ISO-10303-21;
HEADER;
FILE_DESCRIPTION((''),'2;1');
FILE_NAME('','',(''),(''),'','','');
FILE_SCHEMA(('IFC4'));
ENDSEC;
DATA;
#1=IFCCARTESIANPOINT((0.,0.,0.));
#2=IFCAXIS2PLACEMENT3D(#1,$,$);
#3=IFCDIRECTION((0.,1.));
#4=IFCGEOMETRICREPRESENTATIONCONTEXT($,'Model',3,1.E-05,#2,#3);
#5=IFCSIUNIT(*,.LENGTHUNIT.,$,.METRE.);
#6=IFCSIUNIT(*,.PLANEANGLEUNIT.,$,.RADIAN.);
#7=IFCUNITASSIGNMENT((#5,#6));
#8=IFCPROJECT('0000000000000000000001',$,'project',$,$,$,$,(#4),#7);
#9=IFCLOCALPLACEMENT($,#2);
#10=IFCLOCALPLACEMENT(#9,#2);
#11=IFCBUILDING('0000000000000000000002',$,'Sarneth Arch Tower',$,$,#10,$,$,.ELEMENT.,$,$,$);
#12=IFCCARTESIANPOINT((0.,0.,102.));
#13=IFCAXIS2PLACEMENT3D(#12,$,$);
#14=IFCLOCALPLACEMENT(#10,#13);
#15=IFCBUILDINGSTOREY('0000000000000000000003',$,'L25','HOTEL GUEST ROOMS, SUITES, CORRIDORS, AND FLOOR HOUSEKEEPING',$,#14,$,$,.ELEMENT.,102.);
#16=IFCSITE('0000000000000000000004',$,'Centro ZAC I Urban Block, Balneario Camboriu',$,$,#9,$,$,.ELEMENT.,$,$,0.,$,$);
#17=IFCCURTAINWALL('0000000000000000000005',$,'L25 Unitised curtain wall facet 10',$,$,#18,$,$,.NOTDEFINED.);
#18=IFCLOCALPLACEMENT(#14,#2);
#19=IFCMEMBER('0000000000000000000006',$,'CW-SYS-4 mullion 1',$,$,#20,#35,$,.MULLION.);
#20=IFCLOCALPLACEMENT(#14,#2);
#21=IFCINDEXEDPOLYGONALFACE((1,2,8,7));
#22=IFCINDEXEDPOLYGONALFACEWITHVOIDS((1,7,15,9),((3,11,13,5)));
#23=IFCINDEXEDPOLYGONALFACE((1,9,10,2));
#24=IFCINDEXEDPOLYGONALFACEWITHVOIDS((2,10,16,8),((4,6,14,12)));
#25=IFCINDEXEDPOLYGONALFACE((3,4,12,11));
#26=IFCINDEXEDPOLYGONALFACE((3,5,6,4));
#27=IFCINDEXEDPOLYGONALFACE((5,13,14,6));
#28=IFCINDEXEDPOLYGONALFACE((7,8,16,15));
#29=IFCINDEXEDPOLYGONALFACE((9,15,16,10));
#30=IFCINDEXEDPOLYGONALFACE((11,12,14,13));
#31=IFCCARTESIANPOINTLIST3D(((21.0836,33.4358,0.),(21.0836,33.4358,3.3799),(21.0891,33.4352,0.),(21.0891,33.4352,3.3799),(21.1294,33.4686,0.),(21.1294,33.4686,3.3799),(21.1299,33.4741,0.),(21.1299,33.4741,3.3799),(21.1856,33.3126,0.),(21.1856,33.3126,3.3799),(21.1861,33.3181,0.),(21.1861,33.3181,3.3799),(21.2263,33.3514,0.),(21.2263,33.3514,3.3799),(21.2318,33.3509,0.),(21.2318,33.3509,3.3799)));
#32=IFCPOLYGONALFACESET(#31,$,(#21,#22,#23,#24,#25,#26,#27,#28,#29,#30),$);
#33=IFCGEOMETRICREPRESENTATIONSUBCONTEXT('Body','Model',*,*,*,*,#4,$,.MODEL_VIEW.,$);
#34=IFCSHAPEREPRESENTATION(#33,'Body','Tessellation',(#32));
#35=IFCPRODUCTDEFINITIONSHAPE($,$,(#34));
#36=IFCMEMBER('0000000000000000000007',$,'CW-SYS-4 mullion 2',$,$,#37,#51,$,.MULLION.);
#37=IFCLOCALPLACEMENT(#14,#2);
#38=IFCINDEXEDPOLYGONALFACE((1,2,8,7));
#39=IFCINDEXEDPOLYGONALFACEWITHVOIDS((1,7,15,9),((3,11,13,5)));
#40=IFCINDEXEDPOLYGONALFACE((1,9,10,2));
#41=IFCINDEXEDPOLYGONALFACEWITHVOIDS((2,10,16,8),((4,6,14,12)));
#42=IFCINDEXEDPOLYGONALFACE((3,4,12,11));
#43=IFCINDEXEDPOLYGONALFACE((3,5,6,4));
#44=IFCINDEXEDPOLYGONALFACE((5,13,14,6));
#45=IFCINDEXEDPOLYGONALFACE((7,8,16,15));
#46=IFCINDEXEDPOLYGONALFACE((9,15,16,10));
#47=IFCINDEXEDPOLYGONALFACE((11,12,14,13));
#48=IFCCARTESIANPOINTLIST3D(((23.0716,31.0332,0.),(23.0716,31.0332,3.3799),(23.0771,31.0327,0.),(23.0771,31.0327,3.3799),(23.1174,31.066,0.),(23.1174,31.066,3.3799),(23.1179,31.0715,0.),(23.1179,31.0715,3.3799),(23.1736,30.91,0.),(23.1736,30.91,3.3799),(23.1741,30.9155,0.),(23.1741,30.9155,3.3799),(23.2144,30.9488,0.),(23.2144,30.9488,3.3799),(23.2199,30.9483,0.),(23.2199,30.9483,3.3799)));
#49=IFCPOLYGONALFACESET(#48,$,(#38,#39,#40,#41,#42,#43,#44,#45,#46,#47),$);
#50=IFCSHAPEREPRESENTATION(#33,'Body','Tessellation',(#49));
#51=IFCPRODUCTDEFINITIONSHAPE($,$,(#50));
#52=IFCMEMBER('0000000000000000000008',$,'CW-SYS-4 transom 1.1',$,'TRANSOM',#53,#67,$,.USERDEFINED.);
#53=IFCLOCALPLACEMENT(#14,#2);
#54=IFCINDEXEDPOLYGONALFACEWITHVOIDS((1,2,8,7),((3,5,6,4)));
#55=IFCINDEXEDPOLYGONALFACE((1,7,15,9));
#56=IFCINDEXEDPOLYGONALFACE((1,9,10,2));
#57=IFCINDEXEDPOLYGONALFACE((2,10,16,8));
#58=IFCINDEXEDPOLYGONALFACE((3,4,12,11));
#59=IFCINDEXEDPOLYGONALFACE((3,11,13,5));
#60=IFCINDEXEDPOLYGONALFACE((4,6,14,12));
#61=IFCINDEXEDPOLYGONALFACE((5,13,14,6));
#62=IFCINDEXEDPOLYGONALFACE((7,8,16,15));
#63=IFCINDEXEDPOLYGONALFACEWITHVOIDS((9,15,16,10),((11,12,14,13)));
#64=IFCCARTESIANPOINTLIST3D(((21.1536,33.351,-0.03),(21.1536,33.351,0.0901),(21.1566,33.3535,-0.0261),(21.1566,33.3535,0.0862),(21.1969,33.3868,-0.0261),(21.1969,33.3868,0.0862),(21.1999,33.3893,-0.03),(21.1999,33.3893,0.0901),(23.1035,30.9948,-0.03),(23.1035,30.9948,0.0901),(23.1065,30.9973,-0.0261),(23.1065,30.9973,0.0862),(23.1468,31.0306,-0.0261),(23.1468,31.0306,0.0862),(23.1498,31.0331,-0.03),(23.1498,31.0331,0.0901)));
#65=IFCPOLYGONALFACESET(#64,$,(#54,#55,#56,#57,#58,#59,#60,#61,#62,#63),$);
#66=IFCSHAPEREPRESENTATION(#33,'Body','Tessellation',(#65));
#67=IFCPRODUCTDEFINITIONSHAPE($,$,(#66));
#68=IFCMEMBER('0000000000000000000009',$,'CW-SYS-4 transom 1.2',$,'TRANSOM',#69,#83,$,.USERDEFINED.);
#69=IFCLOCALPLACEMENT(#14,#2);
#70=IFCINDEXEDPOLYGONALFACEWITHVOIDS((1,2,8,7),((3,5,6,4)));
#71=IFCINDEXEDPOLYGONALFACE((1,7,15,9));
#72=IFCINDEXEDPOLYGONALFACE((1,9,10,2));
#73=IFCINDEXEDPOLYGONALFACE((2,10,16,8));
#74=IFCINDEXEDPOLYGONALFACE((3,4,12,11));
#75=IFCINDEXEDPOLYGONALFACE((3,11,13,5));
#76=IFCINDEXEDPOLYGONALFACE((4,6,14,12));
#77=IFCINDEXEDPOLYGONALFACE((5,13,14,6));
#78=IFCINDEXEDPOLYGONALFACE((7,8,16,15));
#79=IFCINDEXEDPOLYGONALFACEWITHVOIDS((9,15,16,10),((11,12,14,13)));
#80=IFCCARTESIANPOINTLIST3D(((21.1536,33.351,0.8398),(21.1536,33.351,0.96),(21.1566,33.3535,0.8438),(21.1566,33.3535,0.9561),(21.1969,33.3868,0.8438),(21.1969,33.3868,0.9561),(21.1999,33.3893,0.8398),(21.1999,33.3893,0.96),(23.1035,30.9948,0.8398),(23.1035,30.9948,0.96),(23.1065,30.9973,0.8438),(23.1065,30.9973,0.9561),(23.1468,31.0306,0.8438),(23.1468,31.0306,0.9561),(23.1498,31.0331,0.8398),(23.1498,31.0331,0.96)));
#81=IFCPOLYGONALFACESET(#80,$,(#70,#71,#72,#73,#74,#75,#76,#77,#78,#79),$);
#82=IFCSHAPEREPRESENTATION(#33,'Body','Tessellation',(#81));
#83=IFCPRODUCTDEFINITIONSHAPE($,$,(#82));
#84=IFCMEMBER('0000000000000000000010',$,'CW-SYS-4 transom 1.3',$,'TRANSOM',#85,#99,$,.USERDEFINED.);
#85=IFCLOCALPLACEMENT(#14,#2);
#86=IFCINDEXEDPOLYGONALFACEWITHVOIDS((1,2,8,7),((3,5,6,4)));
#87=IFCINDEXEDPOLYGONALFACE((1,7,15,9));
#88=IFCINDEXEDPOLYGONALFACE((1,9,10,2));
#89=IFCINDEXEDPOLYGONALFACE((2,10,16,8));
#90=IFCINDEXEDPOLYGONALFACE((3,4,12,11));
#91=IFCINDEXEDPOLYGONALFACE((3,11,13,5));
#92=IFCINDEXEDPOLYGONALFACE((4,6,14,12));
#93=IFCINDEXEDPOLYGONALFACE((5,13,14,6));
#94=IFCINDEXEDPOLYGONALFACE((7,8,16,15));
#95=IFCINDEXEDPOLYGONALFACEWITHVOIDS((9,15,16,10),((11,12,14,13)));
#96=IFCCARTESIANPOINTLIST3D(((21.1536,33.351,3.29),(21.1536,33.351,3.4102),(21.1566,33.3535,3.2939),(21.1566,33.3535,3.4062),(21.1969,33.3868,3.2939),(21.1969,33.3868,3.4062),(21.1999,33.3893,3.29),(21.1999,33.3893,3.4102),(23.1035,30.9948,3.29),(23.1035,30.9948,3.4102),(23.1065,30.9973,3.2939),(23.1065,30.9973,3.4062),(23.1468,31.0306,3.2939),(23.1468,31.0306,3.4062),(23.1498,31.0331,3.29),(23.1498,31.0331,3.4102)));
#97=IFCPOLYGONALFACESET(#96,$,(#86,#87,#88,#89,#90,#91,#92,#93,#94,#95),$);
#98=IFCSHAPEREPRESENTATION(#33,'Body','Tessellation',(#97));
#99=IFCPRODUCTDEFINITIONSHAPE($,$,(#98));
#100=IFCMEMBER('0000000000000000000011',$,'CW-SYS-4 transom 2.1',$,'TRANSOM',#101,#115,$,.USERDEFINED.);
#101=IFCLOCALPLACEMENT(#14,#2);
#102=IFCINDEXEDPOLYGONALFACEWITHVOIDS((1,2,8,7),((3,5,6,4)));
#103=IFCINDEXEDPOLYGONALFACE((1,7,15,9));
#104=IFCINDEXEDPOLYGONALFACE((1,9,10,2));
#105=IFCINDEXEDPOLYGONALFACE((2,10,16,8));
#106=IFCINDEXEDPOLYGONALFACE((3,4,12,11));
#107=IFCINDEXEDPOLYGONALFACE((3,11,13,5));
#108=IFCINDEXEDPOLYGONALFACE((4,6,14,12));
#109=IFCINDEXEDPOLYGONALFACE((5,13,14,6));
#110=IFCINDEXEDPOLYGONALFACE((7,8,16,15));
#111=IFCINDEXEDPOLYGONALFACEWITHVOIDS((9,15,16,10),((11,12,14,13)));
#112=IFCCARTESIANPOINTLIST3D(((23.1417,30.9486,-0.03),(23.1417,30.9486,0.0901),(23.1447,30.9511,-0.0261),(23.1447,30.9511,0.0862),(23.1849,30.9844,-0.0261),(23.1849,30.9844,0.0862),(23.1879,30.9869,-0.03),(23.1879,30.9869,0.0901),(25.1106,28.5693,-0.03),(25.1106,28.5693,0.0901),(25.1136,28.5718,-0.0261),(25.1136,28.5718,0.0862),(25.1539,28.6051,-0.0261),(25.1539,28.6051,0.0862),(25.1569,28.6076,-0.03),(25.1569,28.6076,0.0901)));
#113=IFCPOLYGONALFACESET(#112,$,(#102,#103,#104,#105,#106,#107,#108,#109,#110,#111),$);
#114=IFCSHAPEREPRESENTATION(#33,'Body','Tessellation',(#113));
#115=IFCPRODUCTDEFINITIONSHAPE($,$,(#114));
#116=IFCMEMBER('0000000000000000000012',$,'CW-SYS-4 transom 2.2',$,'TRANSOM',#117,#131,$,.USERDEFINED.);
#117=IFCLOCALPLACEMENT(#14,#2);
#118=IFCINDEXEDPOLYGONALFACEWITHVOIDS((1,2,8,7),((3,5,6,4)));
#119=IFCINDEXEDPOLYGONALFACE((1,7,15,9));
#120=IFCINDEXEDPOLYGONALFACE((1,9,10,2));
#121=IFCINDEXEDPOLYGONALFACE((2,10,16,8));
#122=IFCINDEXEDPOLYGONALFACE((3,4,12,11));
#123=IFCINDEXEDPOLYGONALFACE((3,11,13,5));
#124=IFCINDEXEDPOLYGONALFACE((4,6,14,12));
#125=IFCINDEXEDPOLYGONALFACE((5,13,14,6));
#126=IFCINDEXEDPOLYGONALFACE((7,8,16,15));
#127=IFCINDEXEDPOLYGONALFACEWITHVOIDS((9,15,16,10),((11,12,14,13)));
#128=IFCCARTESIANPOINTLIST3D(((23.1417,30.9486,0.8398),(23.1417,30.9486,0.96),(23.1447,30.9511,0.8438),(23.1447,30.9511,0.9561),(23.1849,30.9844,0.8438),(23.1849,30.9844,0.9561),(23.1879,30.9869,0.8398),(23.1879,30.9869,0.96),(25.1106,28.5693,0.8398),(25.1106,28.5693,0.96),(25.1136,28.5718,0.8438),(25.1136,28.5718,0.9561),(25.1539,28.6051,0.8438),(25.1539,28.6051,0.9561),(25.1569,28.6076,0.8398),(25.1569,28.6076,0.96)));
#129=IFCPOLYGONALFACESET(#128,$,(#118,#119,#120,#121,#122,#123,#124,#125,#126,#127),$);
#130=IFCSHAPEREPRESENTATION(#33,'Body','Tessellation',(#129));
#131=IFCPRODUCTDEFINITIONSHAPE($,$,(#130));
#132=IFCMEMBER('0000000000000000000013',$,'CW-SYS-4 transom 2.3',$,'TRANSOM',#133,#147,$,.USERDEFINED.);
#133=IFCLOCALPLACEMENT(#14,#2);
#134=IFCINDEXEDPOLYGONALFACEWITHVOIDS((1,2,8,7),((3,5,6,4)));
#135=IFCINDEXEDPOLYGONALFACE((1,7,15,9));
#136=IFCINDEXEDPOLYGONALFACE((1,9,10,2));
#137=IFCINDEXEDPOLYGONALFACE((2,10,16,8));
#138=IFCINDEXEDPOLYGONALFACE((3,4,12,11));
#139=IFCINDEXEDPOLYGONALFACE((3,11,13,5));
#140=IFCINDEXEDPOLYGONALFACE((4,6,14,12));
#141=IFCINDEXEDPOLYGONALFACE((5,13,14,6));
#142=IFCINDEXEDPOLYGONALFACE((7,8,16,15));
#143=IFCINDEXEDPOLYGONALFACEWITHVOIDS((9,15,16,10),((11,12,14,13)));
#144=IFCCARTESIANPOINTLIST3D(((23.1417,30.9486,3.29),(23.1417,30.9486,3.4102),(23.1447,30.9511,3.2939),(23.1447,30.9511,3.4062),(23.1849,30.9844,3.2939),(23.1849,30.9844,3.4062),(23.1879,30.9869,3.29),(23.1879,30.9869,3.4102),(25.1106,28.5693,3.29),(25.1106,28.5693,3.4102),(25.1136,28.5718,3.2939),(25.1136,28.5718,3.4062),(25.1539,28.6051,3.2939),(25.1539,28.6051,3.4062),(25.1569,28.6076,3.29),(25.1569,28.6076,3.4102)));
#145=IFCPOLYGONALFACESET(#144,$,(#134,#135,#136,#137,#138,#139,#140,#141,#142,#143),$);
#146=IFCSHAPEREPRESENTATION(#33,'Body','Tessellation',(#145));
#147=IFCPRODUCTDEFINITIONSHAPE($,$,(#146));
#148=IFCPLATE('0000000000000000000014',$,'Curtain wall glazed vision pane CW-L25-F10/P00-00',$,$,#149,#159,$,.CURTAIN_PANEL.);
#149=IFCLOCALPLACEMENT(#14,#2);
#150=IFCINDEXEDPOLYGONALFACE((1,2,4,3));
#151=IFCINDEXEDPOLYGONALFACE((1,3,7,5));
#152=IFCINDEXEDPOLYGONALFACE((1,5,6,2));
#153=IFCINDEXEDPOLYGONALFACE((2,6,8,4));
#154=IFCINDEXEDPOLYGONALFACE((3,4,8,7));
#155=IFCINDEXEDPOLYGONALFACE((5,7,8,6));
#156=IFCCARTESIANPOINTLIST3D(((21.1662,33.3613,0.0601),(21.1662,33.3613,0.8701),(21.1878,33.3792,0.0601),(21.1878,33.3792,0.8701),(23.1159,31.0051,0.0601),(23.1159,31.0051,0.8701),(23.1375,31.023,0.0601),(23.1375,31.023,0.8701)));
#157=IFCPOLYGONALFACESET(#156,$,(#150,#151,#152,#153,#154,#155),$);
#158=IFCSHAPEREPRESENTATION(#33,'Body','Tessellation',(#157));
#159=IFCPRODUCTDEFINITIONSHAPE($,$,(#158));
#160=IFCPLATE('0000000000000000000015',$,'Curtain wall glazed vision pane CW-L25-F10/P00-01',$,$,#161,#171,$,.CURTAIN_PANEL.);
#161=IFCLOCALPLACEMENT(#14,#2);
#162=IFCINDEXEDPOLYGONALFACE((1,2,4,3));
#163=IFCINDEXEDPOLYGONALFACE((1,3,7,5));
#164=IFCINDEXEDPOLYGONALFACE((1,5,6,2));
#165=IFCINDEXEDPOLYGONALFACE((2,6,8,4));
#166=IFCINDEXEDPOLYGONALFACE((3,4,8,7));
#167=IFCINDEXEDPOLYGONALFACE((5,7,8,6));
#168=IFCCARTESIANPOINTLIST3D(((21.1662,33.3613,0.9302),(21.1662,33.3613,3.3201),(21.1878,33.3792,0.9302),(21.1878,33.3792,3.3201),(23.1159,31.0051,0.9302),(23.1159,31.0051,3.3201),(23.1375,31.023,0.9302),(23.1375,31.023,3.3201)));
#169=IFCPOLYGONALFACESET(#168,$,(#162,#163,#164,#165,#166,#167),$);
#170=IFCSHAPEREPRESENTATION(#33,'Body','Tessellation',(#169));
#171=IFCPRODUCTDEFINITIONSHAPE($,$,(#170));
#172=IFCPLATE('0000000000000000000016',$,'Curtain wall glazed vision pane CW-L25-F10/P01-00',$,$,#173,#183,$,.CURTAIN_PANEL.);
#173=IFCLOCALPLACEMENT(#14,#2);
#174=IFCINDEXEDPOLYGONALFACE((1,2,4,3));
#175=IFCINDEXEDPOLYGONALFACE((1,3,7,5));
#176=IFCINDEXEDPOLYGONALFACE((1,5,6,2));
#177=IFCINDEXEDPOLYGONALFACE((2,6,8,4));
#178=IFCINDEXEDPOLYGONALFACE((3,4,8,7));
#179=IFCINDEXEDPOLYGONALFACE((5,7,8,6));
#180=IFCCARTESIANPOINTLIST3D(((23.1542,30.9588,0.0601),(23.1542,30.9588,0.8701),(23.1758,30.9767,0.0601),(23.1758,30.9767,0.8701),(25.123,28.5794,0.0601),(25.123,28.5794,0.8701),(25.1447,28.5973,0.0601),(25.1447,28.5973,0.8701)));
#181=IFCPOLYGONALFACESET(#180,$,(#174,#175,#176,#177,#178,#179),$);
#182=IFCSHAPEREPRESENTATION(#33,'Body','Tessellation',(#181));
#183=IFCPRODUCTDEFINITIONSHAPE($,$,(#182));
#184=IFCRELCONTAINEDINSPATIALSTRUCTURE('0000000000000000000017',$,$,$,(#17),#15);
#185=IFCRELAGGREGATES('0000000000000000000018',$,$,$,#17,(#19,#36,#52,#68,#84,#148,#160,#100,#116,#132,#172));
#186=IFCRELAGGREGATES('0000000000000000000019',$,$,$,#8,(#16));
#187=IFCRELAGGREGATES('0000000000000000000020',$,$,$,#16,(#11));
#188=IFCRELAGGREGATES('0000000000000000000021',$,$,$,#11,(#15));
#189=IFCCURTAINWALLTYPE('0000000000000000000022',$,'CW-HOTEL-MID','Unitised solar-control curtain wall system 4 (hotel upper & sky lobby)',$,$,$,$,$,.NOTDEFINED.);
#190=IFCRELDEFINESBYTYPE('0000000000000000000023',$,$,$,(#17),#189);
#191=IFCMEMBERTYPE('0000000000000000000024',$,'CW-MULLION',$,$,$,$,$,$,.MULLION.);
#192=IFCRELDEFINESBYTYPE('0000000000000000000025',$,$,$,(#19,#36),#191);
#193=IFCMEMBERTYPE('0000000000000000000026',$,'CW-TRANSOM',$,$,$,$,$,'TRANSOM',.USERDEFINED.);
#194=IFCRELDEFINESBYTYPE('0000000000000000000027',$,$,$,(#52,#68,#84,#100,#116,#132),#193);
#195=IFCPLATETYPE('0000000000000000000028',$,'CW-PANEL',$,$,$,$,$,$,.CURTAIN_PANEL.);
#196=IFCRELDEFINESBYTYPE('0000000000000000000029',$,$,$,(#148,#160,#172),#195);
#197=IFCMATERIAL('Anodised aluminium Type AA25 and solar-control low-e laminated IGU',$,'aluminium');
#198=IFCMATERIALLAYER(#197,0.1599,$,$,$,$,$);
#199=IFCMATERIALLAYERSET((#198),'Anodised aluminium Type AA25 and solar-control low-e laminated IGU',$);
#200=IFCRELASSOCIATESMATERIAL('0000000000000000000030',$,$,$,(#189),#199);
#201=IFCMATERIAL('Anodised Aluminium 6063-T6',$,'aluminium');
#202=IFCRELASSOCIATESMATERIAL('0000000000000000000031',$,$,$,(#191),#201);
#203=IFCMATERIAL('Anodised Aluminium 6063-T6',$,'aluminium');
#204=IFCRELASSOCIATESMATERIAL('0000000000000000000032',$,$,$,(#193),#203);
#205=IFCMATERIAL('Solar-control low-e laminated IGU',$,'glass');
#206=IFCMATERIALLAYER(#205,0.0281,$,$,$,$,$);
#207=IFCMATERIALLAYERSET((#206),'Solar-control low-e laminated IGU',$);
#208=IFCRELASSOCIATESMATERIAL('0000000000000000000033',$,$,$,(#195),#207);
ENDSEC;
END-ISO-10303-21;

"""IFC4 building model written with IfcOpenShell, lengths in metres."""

from ifc_helpers import new_model, si_unit, direction, frame, origin, origin_2d, place, context, subcontext, project, spatial, rectangle, hollow_rectangle, extrude, material, layer, layer_set, material_profile, profile_set, type_object, element, aggregate, save


model = new_model("IFC4")

# Units and contexts
model_context = context("Model", 3, precision=1e-05, world=origin(), true_north=direction((0.0, 1.0)))
body_context = subcontext(model_context, "Body", "Model", "MODEL_VIEW")
ifc_project = project(units=[si_unit("LENGTHUNIT", "METRE"), si_unit("PLANEANGLEUNIT", "RADIAN")], contexts=[model_context])

# Site, building, storey
site_placement = place(None, origin())
site = spatial("IfcSite", under=ifc_project, at=site_placement, Name="Centro ZAC I Urban Block, Balneario Camboriu", CompositionType="ELEMENT", RefElevation=0.0)
building_placement = place(site_placement, origin())
building = spatial("IfcBuilding", under=site, at=building_placement, Name="Sarneth Arch Tower", CompositionType="ELEMENT")
storey_placement = place(building_placement, frame((0.0, 0.0, 102.0)))
storey = spatial("IfcBuildingStorey", under=building, at=storey_placement, Name="L25", Description="HOTEL GUEST ROOMS, SUITES, CORRIDORS, AND FLOOR HOUSEKEEPING", CompositionType="ELEMENT", Elevation=102.0)

# Curtain wall, members, plates
ifc_material_1 = material(Name="Anodised aluminium Type AA25 and solar-control low-e laminated IGU", Category="aluminium")
ifc_layer_1 = layer(ifc_material_1, 0.1599)
ifc_layer_set_1 = layer_set([ifc_layer_1], Name="Anodised aluminium Type AA25 and solar-control low-e laminated IGU")
curtain_wall_type = type_object("IfcCurtainWallType", Name="CW-HOTEL-MID", Description="Unitised solar-control curtain wall system 4 (hotel upper & sky lobby)", PredefinedType="NOTDEFINED", material=ifc_layer_set_1)
curtain_wall_placement = place(storey_placement, origin())
curtain_wall = element("IfcCurtainWall", 1, at=curtain_wall_placement, inside=storey, type_object=curtain_wall_type, Name="L25 Unitised curtain wall facet 10", PredefinedType="NOTDEFINED")
ifc_material_2 = material(Name="Anodised Aluminium 6063-T6", Category="aluminium")
ifc_material_profile_1 = material_profile(ifc_material_2, hollow_rectangle(XDim=0.0601, YDim=0.1599, WallThickness=0.0039, at=origin_2d()), Name="AL-MULL-160x60x4")
ifc_profile_set_1 = profile_set([ifc_material_profile_1], Name="Anodised Aluminium 6063-T6")
member_type_1 = type_object("IfcMemberType", Name="CW-MULLION", PredefinedType="MULLION", material=ifc_profile_set_1)
member_1_placement = place(storey_placement, frame((21.1577, 33.3933, 0.0), z_axis=(0.0, 0.0, 1.0), x_axis=(0.770438, 0.637515, 0.0)))
member_1 = element("IfcMember", 2, at=member_1_placement, type_object=member_type_1, Name="CW-SYS-4 mullion 1", PredefinedType="MULLION", context=body_context, shape_type="SweptSolid", body=[
    extrude(hollow_rectangle(XDim=0.0601, YDim=0.1599, WallThickness=0.0039, at=origin_2d()), origin(), (0.0, 0.0, 1.0), 3.3799),
])
member_2_placement = place(storey_placement, frame((23.1458, 30.9907, 0.0), z_axis=(0.0, 0.0, 1.0), x_axis=(0.770438, 0.637515, 0.0)))
member_2 = element("IfcMember", 3, at=member_2_placement, type_object=member_type_1, Name="CW-SYS-4 mullion 2", PredefinedType="MULLION", context=body_context, shape_type="SweptSolid", body=[
    extrude(hollow_rectangle(XDim=0.0601, YDim=0.1599, WallThickness=0.0039, at=origin_2d()), origin(), (0.0, 0.0, 1.0), 3.3799),
])
ifc_material_3 = material(Name="Anodised Aluminium 6063-T6", Category="aluminium")
ifc_material_profile_2 = material_profile(ifc_material_3, hollow_rectangle(XDim=0.0601, YDim=0.1201, WallThickness=0.0039, at=origin_2d()), Name="AL-TRAN-120x60x4")
ifc_profile_set_2 = profile_set([ifc_material_profile_2], Name="Anodised Aluminium 6063-T6")
member_type_2 = type_object("IfcMemberType", Name="CW-TRANSOM", ElementType="TRANSOM", PredefinedType="USERDEFINED", material=ifc_profile_set_2)
member_3_placement = place(storey_placement, frame((21.1768, 33.3701, 0.03), z_axis=(0.637566, -0.770396, 0.0), x_axis=(0.770396, 0.637566, 0.0)))
member_3 = element("IfcMember", 4, at=member_3_placement, type_object=member_type_2, Name="CW-SYS-4 transom 1.1", ObjectType="TRANSOM", PredefinedType="USERDEFINED", context=body_context, shape_type="SweptSolid", body=[
    extrude(hollow_rectangle(XDim=0.0601, YDim=0.1201, WallThickness=0.0039, at=origin_2d()), origin(), (0.0, 0.0, 1.0), 3.0583),
])
member_4_placement = place(storey_placement, frame((21.1768, 33.3701, 0.8999), z_axis=(0.637566, -0.770396, 0.0), x_axis=(0.770396, 0.637566, 0.0)))
member_4 = element("IfcMember", 5, at=member_4_placement, type_object=member_type_2, Name="CW-SYS-4 transom 1.2", ObjectType="TRANSOM", PredefinedType="USERDEFINED", context=body_context, shape_type="SweptSolid", body=[
    extrude(hollow_rectangle(XDim=0.0601, YDim=0.1201, WallThickness=0.0039, at=origin_2d()), origin(), (0.0, 0.0, 1.0), 3.0583),
])
member_5_placement = place(storey_placement, frame((21.1768, 33.3701, 3.3501), z_axis=(0.637566, -0.770396, 0.0), x_axis=(0.770396, 0.637566, 0.0)))
member_5 = element("IfcMember", 6, at=member_5_placement, type_object=member_type_2, Name="CW-SYS-4 transom 1.3", ObjectType="TRANSOM", PredefinedType="USERDEFINED", context=body_context, shape_type="SweptSolid", body=[
    extrude(hollow_rectangle(XDim=0.0601, YDim=0.1201, WallThickness=0.0039, at=origin_2d()), origin(), (0.0, 0.0, 1.0), 3.0583),
])
member_6_placement = place(storey_placement, frame((23.1648, 30.9678, 0.03), z_axis=(0.637537, -0.77042, 0.0), x_axis=(0.77042, 0.637537, 0.0)))
member_6 = element("IfcMember", 7, at=member_6_placement, type_object=member_type_2, Name="CW-SYS-4 transom 2.1", ObjectType="TRANSOM", PredefinedType="USERDEFINED", context=body_context, shape_type="SweptSolid", body=[
    extrude(hollow_rectangle(XDim=0.0601, YDim=0.1201, WallThickness=0.0039, at=origin_2d()), origin(), (0.0, 0.0, 1.0), 3.0884),
])
member_7_placement = place(storey_placement, frame((23.1648, 30.9678, 0.8999), z_axis=(0.637537, -0.77042, 0.0), x_axis=(0.77042, 0.637537, 0.0)))
member_7 = element("IfcMember", 8, at=member_7_placement, type_object=member_type_2, Name="CW-SYS-4 transom 2.2", ObjectType="TRANSOM", PredefinedType="USERDEFINED", context=body_context, shape_type="SweptSolid", body=[
    extrude(hollow_rectangle(XDim=0.0601, YDim=0.1201, WallThickness=0.0039, at=origin_2d()), origin(), (0.0, 0.0, 1.0), 3.0884),
])
member_8_placement = place(storey_placement, frame((23.1648, 30.9678, 3.3501), z_axis=(0.637537, -0.77042, 0.0), x_axis=(0.77042, 0.637537, 0.0)))
member_8 = element("IfcMember", 9, at=member_8_placement, type_object=member_type_2, Name="CW-SYS-4 transom 2.3", ObjectType="TRANSOM", PredefinedType="USERDEFINED", context=body_context, shape_type="SweptSolid", body=[
    extrude(hollow_rectangle(XDim=0.0601, YDim=0.1201, WallThickness=0.0039, at=origin_2d()), origin(), (0.0, 0.0, 1.0), 3.0884),
])
ifc_material_4 = material(Name="Solar-control low-e laminated IGU", Category="glass")
ifc_layer_2 = layer(ifc_material_4, 0.0281)
ifc_layer_set_2 = layer_set([ifc_layer_2], Name="Solar-control low-e laminated IGU")
plate_type_1 = type_object("IfcPlateType", Name="CW-PANEL", PredefinedType="CURTAIN_PANEL", material=ifc_layer_set_2)
plate_1_placement = place(storey_placement, frame((22.1519, 32.1921, 0.0601), z_axis=(0.0, 0.0, 1.0), x_axis=(0.637515, -0.770438, 0.0)))
plate_1 = element("IfcPlate", 10, at=plate_1_placement, type_object=plate_type_1, Name="Curtain wall glazed vision pane CW-L25-F10/P00-00", PredefinedType="CURTAIN_PANEL", context=body_context, shape_type="SweptSolid", body=[
    extrude(rectangle(XDim=3.0583, YDim=0.0281, at=origin_2d()), origin(), (0.0, 0.0, 1.0), 0.8101),
])
plate_2_placement = place(storey_placement, frame((22.1519, 32.1921, 0.9302), z_axis=(0.0, 0.0, 1.0), x_axis=(0.637515, -0.770438, 0.0)))
plate_2 = element("IfcPlate", 11, at=plate_2_placement, type_object=plate_type_1, Name="Curtain wall glazed vision pane CW-L25-F10/P00-01", PredefinedType="CURTAIN_PANEL", context=body_context, shape_type="SweptSolid", body=[
    extrude(rectangle(XDim=3.0583, YDim=0.0281, at=origin_2d()), origin(), (0.0, 0.0, 1.0), 2.3899),
])
plate_3_placement = place(storey_placement, frame((24.1494, 29.7781, 0.0601), z_axis=(0.0, 0.0, 1.0), x_axis=(0.637515, -0.770438, 0.0)))
plate_3 = element("IfcPlate", 12, at=plate_3_placement, type_object=plate_type_1, Name="Curtain wall glazed vision pane CW-L25-F10/P01-00", PredefinedType="CURTAIN_PANEL", context=body_context, shape_type="SweptSolid", body=[
    extrude(rectangle(XDim=3.0884, YDim=0.0281, at=origin_2d()), origin(), (0.0, 0.0, 1.0), 0.8101),
])
aggregate(curtain_wall, [member_1, member_2, member_3, member_4, member_5, plate_1, plate_2, member_6, member_7, member_8, plate_3])

save(model, "model.ifc")
